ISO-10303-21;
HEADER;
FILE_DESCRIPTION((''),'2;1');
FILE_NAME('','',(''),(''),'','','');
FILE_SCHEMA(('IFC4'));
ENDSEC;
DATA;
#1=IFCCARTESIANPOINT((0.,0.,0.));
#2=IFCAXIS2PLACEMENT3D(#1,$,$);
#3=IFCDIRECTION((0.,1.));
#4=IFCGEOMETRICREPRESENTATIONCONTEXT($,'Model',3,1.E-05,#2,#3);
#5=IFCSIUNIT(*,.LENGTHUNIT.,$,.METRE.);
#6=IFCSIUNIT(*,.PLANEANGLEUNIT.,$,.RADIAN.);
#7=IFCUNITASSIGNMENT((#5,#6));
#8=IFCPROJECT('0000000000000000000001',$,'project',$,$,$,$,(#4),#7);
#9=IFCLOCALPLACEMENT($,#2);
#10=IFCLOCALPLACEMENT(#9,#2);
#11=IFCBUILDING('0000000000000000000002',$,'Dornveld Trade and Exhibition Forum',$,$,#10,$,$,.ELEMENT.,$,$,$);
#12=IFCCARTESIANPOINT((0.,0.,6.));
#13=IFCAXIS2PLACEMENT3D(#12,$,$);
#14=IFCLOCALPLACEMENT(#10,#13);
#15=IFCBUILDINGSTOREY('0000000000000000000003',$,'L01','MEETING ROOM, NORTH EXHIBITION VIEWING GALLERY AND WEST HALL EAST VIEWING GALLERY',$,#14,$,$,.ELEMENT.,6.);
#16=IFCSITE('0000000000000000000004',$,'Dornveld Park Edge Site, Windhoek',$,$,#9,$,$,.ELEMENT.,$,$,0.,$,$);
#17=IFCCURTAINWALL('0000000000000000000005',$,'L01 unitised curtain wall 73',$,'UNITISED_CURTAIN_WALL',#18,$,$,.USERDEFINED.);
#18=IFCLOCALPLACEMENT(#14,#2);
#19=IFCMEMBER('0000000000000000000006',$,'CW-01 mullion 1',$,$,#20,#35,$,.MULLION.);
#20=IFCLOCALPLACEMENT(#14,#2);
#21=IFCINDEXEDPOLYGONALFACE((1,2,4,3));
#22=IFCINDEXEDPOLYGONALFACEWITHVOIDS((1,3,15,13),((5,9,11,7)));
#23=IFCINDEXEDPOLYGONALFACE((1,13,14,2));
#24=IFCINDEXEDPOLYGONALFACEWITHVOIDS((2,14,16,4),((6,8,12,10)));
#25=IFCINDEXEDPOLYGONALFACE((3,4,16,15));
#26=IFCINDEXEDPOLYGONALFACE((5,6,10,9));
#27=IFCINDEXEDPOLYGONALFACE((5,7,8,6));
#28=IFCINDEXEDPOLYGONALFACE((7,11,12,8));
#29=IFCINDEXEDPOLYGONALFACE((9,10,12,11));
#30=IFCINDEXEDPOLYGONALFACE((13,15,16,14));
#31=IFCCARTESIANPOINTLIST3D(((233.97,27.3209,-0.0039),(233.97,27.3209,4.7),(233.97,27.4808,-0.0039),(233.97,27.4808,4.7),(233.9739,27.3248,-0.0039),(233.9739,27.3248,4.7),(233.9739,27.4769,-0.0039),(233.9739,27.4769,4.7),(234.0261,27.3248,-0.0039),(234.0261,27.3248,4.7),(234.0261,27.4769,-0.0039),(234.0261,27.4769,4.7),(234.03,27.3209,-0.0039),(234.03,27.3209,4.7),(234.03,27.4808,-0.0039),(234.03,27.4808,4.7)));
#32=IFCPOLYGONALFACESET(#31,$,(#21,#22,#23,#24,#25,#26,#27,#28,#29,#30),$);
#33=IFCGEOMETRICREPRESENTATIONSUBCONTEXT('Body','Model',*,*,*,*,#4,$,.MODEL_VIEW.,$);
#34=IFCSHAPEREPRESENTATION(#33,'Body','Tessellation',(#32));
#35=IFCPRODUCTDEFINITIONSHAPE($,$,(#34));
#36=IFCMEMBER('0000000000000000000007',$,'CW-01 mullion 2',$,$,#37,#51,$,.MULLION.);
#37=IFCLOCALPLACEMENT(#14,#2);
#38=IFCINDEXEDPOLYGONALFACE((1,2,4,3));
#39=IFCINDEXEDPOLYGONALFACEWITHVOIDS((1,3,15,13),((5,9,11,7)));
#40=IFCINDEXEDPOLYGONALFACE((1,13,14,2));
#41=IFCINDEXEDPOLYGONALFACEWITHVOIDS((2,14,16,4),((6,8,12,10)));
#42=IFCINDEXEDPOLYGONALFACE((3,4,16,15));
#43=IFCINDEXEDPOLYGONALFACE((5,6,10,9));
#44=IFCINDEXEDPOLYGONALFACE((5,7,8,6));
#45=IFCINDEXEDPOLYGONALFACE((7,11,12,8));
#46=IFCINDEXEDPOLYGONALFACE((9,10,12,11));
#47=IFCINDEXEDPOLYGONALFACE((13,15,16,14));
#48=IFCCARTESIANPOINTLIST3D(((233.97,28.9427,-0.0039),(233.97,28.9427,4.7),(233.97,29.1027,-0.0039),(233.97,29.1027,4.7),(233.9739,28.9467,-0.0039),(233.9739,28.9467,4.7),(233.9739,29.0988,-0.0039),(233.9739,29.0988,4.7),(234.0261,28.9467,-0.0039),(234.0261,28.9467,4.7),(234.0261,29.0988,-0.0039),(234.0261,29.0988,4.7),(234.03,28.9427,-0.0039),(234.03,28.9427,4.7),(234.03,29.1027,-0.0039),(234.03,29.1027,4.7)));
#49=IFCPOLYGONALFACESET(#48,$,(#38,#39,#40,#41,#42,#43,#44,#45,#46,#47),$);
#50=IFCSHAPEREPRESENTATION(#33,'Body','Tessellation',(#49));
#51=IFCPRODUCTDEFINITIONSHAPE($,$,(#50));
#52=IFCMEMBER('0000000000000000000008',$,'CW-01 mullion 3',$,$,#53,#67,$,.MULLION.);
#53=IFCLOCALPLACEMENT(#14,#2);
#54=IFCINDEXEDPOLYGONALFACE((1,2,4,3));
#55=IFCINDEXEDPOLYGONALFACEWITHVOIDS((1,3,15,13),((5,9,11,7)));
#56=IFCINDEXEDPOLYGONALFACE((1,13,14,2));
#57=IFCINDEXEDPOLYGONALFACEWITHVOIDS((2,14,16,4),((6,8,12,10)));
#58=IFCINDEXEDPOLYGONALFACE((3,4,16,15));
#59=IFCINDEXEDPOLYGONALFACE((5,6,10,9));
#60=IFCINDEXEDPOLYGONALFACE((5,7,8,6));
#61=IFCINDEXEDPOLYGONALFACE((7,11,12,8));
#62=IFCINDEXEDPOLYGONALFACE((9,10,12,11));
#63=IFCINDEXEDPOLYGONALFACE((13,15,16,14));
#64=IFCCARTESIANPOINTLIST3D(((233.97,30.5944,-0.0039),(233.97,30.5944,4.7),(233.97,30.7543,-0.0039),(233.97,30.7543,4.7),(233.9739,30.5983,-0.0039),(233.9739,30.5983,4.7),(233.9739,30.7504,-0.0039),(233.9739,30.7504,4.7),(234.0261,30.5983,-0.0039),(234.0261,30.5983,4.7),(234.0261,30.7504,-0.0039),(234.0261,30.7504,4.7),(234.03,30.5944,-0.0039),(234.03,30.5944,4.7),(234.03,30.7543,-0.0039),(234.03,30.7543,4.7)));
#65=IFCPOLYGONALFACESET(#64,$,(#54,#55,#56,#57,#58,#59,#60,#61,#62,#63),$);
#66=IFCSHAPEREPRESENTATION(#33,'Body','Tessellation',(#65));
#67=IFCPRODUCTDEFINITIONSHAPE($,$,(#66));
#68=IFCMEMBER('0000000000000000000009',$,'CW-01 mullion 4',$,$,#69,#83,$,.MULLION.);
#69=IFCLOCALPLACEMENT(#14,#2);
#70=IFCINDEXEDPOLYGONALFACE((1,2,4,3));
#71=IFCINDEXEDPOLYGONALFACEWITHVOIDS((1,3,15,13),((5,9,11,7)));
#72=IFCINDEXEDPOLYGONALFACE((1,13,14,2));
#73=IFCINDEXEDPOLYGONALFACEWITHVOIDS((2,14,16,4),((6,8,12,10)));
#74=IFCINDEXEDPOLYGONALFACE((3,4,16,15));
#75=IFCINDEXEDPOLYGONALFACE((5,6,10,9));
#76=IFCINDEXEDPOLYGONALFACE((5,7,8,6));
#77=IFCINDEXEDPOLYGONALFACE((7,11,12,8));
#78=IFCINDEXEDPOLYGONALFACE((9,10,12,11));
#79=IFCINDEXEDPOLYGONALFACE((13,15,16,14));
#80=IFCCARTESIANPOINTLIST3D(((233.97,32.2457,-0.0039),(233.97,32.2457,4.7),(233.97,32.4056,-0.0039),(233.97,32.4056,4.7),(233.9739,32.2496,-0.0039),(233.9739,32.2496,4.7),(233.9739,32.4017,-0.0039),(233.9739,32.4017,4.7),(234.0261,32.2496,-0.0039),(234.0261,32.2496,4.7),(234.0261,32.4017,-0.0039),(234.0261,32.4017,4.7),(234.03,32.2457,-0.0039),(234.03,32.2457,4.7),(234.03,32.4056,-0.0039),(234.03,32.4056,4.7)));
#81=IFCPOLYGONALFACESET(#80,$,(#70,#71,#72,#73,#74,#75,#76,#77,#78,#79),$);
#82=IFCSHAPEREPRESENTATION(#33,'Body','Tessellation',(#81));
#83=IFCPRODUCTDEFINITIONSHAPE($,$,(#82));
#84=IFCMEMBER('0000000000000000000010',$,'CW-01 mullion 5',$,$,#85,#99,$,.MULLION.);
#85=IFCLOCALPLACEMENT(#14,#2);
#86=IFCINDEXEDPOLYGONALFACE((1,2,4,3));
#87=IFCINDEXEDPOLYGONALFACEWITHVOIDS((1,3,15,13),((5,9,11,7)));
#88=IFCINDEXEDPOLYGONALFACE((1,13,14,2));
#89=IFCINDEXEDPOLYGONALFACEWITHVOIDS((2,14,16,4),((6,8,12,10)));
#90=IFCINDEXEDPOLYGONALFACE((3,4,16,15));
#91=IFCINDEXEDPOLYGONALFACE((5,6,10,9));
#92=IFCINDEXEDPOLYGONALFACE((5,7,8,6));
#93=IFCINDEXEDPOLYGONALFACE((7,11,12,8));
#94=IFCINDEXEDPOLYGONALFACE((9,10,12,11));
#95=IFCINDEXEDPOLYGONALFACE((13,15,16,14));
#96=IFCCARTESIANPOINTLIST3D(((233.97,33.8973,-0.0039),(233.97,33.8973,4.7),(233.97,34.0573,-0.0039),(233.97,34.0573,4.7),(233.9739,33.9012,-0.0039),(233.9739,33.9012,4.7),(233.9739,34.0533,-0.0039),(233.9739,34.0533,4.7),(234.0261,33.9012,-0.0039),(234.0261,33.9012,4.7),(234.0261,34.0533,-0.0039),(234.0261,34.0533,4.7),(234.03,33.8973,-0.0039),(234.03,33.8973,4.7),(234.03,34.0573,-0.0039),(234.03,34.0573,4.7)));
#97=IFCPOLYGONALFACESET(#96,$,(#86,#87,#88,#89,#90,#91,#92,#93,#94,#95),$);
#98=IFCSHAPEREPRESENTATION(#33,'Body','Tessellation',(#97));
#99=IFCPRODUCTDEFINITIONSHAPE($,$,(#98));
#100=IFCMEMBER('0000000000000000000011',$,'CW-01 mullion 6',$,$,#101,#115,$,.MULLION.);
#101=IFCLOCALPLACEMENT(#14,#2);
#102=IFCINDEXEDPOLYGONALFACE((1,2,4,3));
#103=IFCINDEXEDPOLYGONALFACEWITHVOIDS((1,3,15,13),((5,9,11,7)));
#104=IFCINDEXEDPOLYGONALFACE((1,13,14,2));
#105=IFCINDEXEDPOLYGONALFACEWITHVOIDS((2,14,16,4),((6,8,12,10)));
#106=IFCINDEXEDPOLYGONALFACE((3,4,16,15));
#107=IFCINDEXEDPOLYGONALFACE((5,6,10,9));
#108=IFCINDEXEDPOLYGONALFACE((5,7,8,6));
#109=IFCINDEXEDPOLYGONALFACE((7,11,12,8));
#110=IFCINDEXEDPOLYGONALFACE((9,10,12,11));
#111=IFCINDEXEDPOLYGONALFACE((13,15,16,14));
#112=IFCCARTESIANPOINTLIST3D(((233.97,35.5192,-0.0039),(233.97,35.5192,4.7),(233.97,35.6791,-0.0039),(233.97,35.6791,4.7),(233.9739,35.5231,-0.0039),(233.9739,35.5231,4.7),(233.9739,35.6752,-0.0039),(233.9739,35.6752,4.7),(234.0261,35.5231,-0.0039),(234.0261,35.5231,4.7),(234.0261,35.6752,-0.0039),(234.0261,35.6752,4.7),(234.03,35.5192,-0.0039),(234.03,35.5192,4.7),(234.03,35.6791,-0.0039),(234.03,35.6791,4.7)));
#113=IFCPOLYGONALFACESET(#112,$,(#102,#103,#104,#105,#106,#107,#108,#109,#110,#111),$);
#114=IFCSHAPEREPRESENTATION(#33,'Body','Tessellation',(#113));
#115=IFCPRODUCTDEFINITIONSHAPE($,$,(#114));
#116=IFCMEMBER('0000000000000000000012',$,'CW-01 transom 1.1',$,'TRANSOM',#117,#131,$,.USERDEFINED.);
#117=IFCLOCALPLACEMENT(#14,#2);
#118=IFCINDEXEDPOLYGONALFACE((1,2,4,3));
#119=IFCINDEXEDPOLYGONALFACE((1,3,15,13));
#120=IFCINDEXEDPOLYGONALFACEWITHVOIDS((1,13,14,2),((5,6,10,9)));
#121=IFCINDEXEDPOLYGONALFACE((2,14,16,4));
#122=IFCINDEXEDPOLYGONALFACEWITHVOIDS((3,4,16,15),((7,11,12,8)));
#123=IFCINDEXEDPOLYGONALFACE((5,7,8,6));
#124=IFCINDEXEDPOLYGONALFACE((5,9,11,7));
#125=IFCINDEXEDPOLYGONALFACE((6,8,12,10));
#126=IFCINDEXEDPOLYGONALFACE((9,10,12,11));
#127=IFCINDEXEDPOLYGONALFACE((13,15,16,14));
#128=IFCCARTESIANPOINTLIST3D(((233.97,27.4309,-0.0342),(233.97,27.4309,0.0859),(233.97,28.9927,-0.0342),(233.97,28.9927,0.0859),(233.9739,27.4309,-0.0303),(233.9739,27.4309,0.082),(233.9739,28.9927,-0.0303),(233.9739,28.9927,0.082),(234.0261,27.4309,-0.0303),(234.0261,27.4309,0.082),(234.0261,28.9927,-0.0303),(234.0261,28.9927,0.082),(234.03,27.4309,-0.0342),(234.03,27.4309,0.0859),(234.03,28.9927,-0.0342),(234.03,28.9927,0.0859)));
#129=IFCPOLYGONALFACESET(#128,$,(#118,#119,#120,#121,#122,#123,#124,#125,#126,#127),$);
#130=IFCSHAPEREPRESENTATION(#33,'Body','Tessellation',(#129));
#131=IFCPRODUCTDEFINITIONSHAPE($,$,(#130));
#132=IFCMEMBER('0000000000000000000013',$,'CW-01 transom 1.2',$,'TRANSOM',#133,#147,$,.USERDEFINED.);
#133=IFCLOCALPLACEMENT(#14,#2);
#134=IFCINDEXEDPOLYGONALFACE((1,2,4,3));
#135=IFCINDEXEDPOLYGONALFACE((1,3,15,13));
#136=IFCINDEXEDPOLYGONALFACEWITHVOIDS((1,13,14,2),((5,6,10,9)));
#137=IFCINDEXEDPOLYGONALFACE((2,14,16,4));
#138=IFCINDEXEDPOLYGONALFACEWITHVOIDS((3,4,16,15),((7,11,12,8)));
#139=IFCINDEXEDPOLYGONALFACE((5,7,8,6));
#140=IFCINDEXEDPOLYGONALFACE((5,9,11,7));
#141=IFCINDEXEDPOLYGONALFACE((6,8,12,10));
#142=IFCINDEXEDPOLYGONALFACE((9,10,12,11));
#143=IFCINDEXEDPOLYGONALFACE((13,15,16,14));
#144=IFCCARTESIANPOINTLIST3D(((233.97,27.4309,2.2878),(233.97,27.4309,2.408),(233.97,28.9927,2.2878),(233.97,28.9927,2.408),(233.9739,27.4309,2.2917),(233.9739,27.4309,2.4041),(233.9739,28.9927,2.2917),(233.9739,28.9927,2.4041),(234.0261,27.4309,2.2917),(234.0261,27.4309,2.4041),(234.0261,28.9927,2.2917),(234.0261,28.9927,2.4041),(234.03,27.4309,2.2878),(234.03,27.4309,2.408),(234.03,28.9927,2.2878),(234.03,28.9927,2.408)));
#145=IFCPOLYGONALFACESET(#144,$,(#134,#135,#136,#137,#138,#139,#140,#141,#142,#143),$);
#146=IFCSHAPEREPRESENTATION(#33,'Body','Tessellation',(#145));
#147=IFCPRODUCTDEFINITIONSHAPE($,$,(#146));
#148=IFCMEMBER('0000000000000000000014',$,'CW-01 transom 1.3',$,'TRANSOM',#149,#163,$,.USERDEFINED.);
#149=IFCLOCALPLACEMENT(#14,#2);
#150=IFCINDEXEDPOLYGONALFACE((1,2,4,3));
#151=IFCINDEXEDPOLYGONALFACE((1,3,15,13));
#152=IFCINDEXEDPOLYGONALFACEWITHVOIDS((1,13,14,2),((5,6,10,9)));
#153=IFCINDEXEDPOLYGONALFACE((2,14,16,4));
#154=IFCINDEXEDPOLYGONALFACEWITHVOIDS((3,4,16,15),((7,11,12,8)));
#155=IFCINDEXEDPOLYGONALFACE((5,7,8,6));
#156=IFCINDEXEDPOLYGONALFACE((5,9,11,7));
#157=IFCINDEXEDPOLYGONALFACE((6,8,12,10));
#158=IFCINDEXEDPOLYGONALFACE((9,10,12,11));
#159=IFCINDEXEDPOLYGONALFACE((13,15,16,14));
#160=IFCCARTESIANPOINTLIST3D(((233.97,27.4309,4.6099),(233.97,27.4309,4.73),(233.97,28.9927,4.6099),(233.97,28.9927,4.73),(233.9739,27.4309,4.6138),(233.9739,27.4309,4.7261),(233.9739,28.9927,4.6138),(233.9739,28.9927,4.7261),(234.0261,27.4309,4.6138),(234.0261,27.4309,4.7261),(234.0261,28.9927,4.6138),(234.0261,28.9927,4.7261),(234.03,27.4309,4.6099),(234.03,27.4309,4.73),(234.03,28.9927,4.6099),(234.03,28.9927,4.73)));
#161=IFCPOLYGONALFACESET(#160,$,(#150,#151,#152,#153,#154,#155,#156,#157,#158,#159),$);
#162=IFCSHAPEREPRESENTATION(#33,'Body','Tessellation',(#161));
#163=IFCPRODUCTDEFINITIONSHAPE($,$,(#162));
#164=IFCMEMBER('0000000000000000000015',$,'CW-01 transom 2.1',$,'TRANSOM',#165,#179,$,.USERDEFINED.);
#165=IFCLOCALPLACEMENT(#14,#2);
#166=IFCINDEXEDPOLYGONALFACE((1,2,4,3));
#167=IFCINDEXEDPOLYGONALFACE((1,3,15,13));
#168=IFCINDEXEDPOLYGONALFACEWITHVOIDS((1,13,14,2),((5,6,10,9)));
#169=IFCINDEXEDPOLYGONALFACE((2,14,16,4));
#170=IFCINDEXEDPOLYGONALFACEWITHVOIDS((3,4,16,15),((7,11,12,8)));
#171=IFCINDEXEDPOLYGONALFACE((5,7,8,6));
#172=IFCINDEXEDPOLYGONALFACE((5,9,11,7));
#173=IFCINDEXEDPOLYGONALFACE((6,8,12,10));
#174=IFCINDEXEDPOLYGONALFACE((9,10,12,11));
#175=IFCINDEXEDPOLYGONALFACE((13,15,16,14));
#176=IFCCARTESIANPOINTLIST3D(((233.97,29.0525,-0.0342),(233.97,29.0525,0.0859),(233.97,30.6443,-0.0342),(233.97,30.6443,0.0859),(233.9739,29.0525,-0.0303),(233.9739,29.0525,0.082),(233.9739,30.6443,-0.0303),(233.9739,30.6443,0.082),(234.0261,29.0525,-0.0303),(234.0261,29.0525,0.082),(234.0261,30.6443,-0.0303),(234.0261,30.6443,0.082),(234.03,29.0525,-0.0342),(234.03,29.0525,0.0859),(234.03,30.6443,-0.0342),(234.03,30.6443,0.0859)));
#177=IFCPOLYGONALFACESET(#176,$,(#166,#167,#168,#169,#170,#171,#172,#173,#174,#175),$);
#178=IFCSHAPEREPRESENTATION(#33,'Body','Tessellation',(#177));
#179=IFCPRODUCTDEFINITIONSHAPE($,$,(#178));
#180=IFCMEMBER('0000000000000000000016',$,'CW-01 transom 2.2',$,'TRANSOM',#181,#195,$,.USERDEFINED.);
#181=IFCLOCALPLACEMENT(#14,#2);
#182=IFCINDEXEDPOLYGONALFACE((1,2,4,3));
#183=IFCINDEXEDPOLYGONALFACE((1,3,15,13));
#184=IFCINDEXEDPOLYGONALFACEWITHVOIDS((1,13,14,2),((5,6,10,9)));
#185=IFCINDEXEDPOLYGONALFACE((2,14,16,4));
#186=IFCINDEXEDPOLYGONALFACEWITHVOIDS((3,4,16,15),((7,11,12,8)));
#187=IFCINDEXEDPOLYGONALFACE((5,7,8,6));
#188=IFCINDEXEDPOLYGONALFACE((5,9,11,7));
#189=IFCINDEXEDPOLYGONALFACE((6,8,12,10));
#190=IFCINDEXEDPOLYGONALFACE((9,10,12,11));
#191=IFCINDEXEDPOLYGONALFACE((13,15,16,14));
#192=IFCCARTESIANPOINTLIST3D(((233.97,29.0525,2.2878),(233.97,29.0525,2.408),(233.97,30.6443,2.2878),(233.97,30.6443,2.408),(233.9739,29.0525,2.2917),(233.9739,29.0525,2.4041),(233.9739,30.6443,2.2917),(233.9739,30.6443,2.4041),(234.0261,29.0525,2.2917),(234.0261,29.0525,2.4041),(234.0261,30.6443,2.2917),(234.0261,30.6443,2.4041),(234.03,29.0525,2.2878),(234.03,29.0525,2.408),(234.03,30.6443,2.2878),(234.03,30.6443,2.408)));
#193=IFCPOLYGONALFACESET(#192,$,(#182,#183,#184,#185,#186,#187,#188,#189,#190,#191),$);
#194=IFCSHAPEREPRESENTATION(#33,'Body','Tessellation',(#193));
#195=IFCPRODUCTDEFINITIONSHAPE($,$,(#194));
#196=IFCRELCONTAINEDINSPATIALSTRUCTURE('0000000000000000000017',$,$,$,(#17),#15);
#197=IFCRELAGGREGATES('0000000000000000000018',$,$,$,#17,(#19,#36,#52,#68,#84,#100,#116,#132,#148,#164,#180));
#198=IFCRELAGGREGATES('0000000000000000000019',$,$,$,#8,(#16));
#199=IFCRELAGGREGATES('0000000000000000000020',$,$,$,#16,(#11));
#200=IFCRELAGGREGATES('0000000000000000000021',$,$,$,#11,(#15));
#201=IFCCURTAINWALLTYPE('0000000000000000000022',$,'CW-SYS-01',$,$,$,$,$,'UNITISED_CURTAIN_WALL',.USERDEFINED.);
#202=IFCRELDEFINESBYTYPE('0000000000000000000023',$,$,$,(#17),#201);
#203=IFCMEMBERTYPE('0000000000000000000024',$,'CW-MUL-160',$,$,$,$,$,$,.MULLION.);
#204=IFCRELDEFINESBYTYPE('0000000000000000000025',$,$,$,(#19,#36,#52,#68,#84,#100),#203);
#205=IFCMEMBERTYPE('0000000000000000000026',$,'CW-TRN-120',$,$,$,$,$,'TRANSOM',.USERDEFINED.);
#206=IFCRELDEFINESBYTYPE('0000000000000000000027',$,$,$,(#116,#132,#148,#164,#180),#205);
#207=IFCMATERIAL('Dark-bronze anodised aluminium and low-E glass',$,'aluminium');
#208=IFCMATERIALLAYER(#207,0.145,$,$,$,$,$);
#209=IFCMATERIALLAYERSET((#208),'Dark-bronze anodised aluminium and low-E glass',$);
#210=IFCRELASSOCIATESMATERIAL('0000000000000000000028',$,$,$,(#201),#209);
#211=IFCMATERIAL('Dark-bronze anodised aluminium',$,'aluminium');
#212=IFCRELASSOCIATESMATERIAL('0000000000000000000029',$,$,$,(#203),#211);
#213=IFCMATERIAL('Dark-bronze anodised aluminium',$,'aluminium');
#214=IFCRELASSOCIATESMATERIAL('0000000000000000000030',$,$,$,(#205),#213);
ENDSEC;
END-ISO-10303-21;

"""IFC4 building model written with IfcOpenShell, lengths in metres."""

from ifc_helpers import new_model, si_unit, direction, frame, origin, origin_2d, place, context, subcontext, project, spatial, hollow_rectangle, extrude, material, layer, layer_set, material_profile, profile_set, type_object, element, aggregate, save


model = new_model("IFC4")

# Units and contexts
model_context = context("Model", 3, precision=1e-05, world=origin(), true_north=direction((0.0, 1.0)))
body_context = subcontext(model_context, "Body", "Model", "MODEL_VIEW")
ifc_project = project(units=[si_unit("LENGTHUNIT", "METRE"), si_unit("PLANEANGLEUNIT", "RADIAN")], contexts=[model_context])

# Site, building, storey
site_placement = place(None, origin())
site = spatial("IfcSite", under=ifc_project, at=site_placement, Name="Dornveld Park Edge Site, Windhoek", CompositionType="ELEMENT", RefElevation=0.0)
building_placement = place(site_placement, origin())
building = spatial("IfcBuilding", under=site, at=building_placement, Name="Dornveld Trade and Exhibition Forum", CompositionType="ELEMENT")
storey_placement = place(building_placement, frame((0.0, 0.0, 6.0)))
storey = spatial("IfcBuildingStorey", under=building, at=storey_placement, Name="L01", Description="MEETING ROOM, NORTH EXHIBITION VIEWING GALLERY AND WEST HALL EAST VIEWING GALLERY", CompositionType="ELEMENT", Elevation=6.0)

# Curtain wall, members
ifc_material_1 = material(Name="Dark-bronze anodised aluminium and low-E glass", Category="aluminium")
ifc_layer_1 = layer(ifc_material_1, 0.145)
ifc_layer_set_1 = layer_set([ifc_layer_1], Name="Dark-bronze anodised aluminium and low-E glass")
curtain_wall_type = type_object("IfcCurtainWallType", Name="CW-SYS-01", ElementType="UNITISED_CURTAIN_WALL", PredefinedType="USERDEFINED", material=ifc_layer_set_1)
curtain_wall_placement = place(storey_placement, origin())
curtain_wall = element("IfcCurtainWall", 1, at=curtain_wall_placement, inside=storey, type_object=curtain_wall_type, Name="L01 unitised curtain wall 73", ObjectType="UNITISED_CURTAIN_WALL", PredefinedType="USERDEFINED")
ifc_material_2 = material(Name="Dark-bronze anodised aluminium", Category="aluminium")
ifc_material_profile_1 = material_profile(ifc_material_2, hollow_rectangle(XDim=0.0601, YDim=0.1599, WallThickness=0.0039, at=origin_2d()), Name="RHS 160x60x4")
ifc_profile_set_1 = profile_set([ifc_material_profile_1], Name="Dark-bronze anodised aluminium")
member_type_1 = type_object("IfcMemberType", Name="CW-MUL-160", PredefinedType="MULLION", material=ifc_profile_set_1)
member_1_placement = place(storey_placement, frame((234.0, 27.4009, -0.0039), z_axis=(0.0, 0.0, 1.0), x_axis=(-1.0, 0.0, 0.0)))
member_1 = element("IfcMember", 2, at=member_1_placement, type_object=member_type_1, Name="CW-01 mullion 1", PredefinedType="MULLION", context=body_context, shape_type="SweptSolid", body=[
    extrude(hollow_rectangle(XDim=0.0601, YDim=0.1599, WallThickness=0.0039, at=origin_2d()), origin(), (0.0, 0.0, 1.0), 4.7039),
])
member_2_placement = place(storey_placement, frame((234.0, 29.0227, -0.0039), z_axis=(0.0, 0.0, 1.0), x_axis=(-1.0, 0.0, 0.0)))
member_2 = element("IfcMember", 3, at=member_2_placement, type_object=member_type_1, Name="CW-01 mullion 2", PredefinedType="MULLION", context=body_context, shape_type="SweptSolid", body=[
    extrude(hollow_rectangle(XDim=0.0601, YDim=0.1599, WallThickness=0.0039, at=origin_2d()), origin(), (0.0, 0.0, 1.0), 4.7039),
])
member_3_placement = place(storey_placement, frame((234.0, 30.6743, -0.0039), z_axis=(0.0, 0.0, 1.0), x_axis=(-1.0, 0.0, 0.0)))
member_3 = element("IfcMember", 4, at=member_3_placement, type_object=member_type_1, Name="CW-01 mullion 3", PredefinedType="MULLION", context=body_context, shape_type="SweptSolid", body=[
    extrude(hollow_rectangle(XDim=0.0601, YDim=0.1599, WallThickness=0.0039, at=origin_2d()), origin(), (0.0, 0.0, 1.0), 4.7039),
])
member_4_placement = place(storey_placement, frame((234.0, 32.3257, -0.0039), z_axis=(0.0, 0.0, 1.0), x_axis=(-1.0, 0.0, 0.0)))
member_4 = element("IfcMember", 5, at=member_4_placement, type_object=member_type_1, Name="CW-01 mullion 4", PredefinedType="MULLION", context=body_context, shape_type="SweptSolid", body=[
    extrude(hollow_rectangle(XDim=0.0601, YDim=0.1599, WallThickness=0.0039, at=origin_2d()), origin(), (0.0, 0.0, 1.0), 4.7039),
])
member_5_placement = place(storey_placement, frame((234.0, 33.9773, -0.0039), z_axis=(0.0, 0.0, 1.0), x_axis=(-1.0, 0.0, 0.0)))
member_5 = element("IfcMember", 6, at=member_5_placement, type_object=member_type_1, Name="CW-01 mullion 5", PredefinedType="MULLION", context=body_context, shape_type="SweptSolid", body=[
    extrude(hollow_rectangle(XDim=0.0601, YDim=0.1599, WallThickness=0.0039, at=origin_2d()), origin(), (0.0, 0.0, 1.0), 4.7039),
])
member_6_placement = place(storey_placement, frame((234.0, 35.5991, -0.0039), z_axis=(0.0, 0.0, 1.0), x_axis=(-1.0, 0.0, 0.0)))
member_6 = element("IfcMember", 7, at=member_6_placement, type_object=member_type_1, Name="CW-01 mullion 6", PredefinedType="MULLION", context=body_context, shape_type="SweptSolid", body=[
    extrude(hollow_rectangle(XDim=0.0601, YDim=0.1599, WallThickness=0.0039, at=origin_2d()), origin(), (0.0, 0.0, 1.0), 4.7039),
])
ifc_material_3 = material(Name="Dark-bronze anodised aluminium", Category="aluminium")
ifc_material_profile_2 = material_profile(ifc_material_3, hollow_rectangle(XDim=0.0601, YDim=0.1201, WallThickness=0.0039, at=origin_2d()), Name="RHS 120x60x4")
ifc_profile_set_2 = profile_set([ifc_material_profile_2], Name="Dark-bronze anodised aluminium")
member_type_2 = type_object("IfcMemberType", Name="CW-TRN-120", ElementType="TRANSOM", PredefinedType="USERDEFINED", material=ifc_profile_set_2)
member_7_placement = place(storey_placement, frame((234.0, 27.4309, 0.0259), z_axis=(0.0, 1.0, 0.0), x_axis=(-1.0, 0.0, 0.0)))
member_7 = element("IfcMember", 8, at=member_7_placement, type_object=member_type_2, Name="CW-01 transom 1.1", ObjectType="TRANSOM", PredefinedType="USERDEFINED", context=body_context, shape_type="SweptSolid", body=[
    extrude(hollow_rectangle(XDim=0.0601, YDim=0.1201, WallThickness=0.0039, at=origin_2d()), origin(), (0.0, 0.0, 1.0), 1.5618),
])
member_8_placement = place(storey_placement, frame((234.0, 27.4309, 2.3479), z_axis=(0.0, 1.0, 0.0), x_axis=(-1.0, 0.0, 0.0)))
member_8 = element("IfcMember", 9, at=member_8_placement, type_object=member_type_2, Name="CW-01 transom 1.2", ObjectType="TRANSOM", PredefinedType="USERDEFINED", context=body_context, shape_type="SweptSolid", body=[
    extrude(hollow_rectangle(XDim=0.0601, YDim=0.1201, WallThickness=0.0039, at=origin_2d()), origin(), (0.0, 0.0, 1.0), 1.5618),
])
member_9_placement = place(storey_placement, frame((234.0, 27.4309, 4.6699), z_axis=(0.0, 1.0, 0.0), x_axis=(-1.0, 0.0, 0.0)))
member_9 = element("IfcMember", 10, at=member_9_placement, type_object=member_type_2, Name="CW-01 transom 1.3", ObjectType="TRANSOM", PredefinedType="USERDEFINED", context=body_context, shape_type="SweptSolid", body=[
    extrude(hollow_rectangle(XDim=0.0601, YDim=0.1201, WallThickness=0.0039, at=origin_2d()), origin(), (0.0, 0.0, 1.0), 1.5618),
])
member_10_placement = place(storey_placement, frame((234.0, 29.0525, 0.0259), z_axis=(0.0, 1.0, 0.0), x_axis=(-1.0, 0.0, 0.0)))
member_10 = element("IfcMember", 11, at=member_10_placement, type_object=member_type_2, Name="CW-01 transom 2.1", ObjectType="TRANSOM", PredefinedType="USERDEFINED", context=body_context, shape_type="SweptSolid", body=[
    extrude(hollow_rectangle(XDim=0.0601, YDim=0.1201, WallThickness=0.0039, at=origin_2d()), origin(), (0.0, 0.0, 1.0), 1.5918),
])
member_11_placement = place(storey_placement, frame((234.0, 29.0525, 2.3479), z_axis=(0.0, 1.0, 0.0), x_axis=(-1.0, 0.0, 0.0)))
member_11 = element("IfcMember", 12, at=member_11_placement, type_object=member_type_2, Name="CW-01 transom 2.2", ObjectType="TRANSOM", PredefinedType="USERDEFINED", context=body_context, shape_type="SweptSolid", body=[
    extrude(hollow_rectangle(XDim=0.0601, YDim=0.1201, WallThickness=0.0039, at=origin_2d()), origin(), (0.0, 0.0, 1.0), 1.5918),
])
aggregate(curtain_wall, [member_1, member_2, member_3, member_4, member_5, member_6, member_7, member_8, member_9, member_10, member_11])

save(model, "model.ifc")
